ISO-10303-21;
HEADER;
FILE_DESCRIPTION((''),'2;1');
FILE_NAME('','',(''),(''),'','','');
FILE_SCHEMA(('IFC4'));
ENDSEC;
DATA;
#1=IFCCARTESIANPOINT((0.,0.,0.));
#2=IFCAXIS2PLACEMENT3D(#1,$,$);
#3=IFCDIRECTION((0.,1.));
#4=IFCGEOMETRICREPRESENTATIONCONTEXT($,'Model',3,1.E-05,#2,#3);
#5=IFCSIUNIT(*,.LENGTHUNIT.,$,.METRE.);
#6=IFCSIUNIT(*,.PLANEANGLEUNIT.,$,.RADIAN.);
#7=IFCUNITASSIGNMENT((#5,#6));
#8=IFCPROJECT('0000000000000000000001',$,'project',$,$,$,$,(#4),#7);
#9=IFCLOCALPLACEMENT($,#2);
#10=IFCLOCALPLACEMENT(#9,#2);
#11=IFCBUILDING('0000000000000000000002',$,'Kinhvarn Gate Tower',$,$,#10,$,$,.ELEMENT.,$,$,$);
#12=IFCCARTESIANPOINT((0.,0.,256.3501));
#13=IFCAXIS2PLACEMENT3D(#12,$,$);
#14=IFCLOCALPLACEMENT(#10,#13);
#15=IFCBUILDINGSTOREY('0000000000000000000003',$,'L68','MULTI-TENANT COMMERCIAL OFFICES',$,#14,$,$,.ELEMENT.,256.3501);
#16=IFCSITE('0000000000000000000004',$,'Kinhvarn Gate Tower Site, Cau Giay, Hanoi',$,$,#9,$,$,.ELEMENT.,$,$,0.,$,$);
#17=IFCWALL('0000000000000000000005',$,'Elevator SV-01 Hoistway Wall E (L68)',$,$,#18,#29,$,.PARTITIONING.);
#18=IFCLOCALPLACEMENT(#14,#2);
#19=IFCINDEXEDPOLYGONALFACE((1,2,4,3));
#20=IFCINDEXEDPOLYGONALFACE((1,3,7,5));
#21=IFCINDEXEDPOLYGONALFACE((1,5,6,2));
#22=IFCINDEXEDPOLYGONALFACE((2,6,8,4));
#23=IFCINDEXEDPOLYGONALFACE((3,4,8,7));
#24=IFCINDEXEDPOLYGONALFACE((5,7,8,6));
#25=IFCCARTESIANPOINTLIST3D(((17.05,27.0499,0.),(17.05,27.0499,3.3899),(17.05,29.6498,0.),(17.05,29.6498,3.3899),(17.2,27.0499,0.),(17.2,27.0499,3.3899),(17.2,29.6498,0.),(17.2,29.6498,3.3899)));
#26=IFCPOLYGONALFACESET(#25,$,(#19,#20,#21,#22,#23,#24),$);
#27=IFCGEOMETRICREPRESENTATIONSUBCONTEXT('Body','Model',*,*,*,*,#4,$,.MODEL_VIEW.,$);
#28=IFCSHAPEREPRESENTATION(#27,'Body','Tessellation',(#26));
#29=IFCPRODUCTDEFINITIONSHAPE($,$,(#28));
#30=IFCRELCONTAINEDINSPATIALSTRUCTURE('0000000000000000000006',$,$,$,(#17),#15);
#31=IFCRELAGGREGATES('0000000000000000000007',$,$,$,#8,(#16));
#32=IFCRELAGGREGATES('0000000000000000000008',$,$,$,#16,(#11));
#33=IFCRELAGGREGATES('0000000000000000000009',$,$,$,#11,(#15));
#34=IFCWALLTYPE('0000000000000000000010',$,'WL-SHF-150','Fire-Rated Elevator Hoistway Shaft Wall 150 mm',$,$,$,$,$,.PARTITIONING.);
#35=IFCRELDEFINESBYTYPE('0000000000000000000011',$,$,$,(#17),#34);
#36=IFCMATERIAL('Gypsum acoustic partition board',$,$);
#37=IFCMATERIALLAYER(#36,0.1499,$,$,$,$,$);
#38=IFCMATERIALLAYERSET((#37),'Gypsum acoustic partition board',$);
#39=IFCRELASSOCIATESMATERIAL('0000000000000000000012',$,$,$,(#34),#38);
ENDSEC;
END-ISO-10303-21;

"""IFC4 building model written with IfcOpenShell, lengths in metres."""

from ifc_helpers import new_model, si_unit, direction, frame, frame_2d, origin, place, context, subcontext, project, spatial, rectangle, extrude, material, layer, layer_set, type_object, element, save


model = new_model("IFC4")

# Units and contexts
model_context = context("Model", 3, precision=1e-05, world=origin(), true_north=direction((0.0, 1.0)))
body_context = subcontext(model_context, "Body", "Model", "MODEL_VIEW")
ifc_project = project(units=[si_unit("LENGTHUNIT", "METRE"), si_unit("PLANEANGLEUNIT", "RADIAN")], contexts=[model_context])

# Site, building, storey
site_placement = place(None, origin())
site = spatial("IfcSite", under=ifc_project, at=site_placement, Name="Kinhvarn Gate Tower Site, Cau Giay, Hanoi", CompositionType="ELEMENT", RefElevation=0.0)
building_placement = place(site_placement, origin())
building = spatial("IfcBuilding", under=site, at=building_placement, Name="Kinhvarn Gate Tower", CompositionType="ELEMENT")
storey_placement = place(building_placement, frame((0.0, 0.0, 256.3501)))
storey = spatial("IfcBuildingStorey", under=building, at=storey_placement, Name="L68", Description="MULTI-TENANT COMMERCIAL OFFICES", CompositionType="ELEMENT", Elevation=256.3501)

# Shared definitions
ifc_material_1 = material(Name="Gypsum acoustic partition board")

# Shared definitions
ifc_layer_1 = layer(ifc_material_1, 0.1499)
ifc_layer_set_1 = layer_set([ifc_layer_1], Name="Gypsum acoustic partition board")
wall_type_1 = type_object("IfcWallType", Name="WL-SHF-150", Description="Fire-Rated Elevator Hoistway Shaft Wall 150 mm", PredefinedType="PARTITIONING", material=ifc_layer_set_1)

# Wall
wall_1_placement = place(storey_placement, frame((17.125, 27.05, 0.0), z_axis=(0.0, 0.0, 1.0), x_axis=(0.0, 1.0, 0.0)))
element("IfcWall", 1, at=wall_1_placement, inside=storey, type_object=wall_type_1, Name="Elevator SV-01 Hoistway Wall E (L68)", PredefinedType="PARTITIONING", context=body_context, shape_type="SweptSolid", body=[
    extrude(rectangle(XDim=2.5999, YDim=0.1499, at=frame_2d((1.2998, 0.0))), origin(), (0.0, 0.0, 1.0), 3.3899),
])

save(model, "model.ifc")
